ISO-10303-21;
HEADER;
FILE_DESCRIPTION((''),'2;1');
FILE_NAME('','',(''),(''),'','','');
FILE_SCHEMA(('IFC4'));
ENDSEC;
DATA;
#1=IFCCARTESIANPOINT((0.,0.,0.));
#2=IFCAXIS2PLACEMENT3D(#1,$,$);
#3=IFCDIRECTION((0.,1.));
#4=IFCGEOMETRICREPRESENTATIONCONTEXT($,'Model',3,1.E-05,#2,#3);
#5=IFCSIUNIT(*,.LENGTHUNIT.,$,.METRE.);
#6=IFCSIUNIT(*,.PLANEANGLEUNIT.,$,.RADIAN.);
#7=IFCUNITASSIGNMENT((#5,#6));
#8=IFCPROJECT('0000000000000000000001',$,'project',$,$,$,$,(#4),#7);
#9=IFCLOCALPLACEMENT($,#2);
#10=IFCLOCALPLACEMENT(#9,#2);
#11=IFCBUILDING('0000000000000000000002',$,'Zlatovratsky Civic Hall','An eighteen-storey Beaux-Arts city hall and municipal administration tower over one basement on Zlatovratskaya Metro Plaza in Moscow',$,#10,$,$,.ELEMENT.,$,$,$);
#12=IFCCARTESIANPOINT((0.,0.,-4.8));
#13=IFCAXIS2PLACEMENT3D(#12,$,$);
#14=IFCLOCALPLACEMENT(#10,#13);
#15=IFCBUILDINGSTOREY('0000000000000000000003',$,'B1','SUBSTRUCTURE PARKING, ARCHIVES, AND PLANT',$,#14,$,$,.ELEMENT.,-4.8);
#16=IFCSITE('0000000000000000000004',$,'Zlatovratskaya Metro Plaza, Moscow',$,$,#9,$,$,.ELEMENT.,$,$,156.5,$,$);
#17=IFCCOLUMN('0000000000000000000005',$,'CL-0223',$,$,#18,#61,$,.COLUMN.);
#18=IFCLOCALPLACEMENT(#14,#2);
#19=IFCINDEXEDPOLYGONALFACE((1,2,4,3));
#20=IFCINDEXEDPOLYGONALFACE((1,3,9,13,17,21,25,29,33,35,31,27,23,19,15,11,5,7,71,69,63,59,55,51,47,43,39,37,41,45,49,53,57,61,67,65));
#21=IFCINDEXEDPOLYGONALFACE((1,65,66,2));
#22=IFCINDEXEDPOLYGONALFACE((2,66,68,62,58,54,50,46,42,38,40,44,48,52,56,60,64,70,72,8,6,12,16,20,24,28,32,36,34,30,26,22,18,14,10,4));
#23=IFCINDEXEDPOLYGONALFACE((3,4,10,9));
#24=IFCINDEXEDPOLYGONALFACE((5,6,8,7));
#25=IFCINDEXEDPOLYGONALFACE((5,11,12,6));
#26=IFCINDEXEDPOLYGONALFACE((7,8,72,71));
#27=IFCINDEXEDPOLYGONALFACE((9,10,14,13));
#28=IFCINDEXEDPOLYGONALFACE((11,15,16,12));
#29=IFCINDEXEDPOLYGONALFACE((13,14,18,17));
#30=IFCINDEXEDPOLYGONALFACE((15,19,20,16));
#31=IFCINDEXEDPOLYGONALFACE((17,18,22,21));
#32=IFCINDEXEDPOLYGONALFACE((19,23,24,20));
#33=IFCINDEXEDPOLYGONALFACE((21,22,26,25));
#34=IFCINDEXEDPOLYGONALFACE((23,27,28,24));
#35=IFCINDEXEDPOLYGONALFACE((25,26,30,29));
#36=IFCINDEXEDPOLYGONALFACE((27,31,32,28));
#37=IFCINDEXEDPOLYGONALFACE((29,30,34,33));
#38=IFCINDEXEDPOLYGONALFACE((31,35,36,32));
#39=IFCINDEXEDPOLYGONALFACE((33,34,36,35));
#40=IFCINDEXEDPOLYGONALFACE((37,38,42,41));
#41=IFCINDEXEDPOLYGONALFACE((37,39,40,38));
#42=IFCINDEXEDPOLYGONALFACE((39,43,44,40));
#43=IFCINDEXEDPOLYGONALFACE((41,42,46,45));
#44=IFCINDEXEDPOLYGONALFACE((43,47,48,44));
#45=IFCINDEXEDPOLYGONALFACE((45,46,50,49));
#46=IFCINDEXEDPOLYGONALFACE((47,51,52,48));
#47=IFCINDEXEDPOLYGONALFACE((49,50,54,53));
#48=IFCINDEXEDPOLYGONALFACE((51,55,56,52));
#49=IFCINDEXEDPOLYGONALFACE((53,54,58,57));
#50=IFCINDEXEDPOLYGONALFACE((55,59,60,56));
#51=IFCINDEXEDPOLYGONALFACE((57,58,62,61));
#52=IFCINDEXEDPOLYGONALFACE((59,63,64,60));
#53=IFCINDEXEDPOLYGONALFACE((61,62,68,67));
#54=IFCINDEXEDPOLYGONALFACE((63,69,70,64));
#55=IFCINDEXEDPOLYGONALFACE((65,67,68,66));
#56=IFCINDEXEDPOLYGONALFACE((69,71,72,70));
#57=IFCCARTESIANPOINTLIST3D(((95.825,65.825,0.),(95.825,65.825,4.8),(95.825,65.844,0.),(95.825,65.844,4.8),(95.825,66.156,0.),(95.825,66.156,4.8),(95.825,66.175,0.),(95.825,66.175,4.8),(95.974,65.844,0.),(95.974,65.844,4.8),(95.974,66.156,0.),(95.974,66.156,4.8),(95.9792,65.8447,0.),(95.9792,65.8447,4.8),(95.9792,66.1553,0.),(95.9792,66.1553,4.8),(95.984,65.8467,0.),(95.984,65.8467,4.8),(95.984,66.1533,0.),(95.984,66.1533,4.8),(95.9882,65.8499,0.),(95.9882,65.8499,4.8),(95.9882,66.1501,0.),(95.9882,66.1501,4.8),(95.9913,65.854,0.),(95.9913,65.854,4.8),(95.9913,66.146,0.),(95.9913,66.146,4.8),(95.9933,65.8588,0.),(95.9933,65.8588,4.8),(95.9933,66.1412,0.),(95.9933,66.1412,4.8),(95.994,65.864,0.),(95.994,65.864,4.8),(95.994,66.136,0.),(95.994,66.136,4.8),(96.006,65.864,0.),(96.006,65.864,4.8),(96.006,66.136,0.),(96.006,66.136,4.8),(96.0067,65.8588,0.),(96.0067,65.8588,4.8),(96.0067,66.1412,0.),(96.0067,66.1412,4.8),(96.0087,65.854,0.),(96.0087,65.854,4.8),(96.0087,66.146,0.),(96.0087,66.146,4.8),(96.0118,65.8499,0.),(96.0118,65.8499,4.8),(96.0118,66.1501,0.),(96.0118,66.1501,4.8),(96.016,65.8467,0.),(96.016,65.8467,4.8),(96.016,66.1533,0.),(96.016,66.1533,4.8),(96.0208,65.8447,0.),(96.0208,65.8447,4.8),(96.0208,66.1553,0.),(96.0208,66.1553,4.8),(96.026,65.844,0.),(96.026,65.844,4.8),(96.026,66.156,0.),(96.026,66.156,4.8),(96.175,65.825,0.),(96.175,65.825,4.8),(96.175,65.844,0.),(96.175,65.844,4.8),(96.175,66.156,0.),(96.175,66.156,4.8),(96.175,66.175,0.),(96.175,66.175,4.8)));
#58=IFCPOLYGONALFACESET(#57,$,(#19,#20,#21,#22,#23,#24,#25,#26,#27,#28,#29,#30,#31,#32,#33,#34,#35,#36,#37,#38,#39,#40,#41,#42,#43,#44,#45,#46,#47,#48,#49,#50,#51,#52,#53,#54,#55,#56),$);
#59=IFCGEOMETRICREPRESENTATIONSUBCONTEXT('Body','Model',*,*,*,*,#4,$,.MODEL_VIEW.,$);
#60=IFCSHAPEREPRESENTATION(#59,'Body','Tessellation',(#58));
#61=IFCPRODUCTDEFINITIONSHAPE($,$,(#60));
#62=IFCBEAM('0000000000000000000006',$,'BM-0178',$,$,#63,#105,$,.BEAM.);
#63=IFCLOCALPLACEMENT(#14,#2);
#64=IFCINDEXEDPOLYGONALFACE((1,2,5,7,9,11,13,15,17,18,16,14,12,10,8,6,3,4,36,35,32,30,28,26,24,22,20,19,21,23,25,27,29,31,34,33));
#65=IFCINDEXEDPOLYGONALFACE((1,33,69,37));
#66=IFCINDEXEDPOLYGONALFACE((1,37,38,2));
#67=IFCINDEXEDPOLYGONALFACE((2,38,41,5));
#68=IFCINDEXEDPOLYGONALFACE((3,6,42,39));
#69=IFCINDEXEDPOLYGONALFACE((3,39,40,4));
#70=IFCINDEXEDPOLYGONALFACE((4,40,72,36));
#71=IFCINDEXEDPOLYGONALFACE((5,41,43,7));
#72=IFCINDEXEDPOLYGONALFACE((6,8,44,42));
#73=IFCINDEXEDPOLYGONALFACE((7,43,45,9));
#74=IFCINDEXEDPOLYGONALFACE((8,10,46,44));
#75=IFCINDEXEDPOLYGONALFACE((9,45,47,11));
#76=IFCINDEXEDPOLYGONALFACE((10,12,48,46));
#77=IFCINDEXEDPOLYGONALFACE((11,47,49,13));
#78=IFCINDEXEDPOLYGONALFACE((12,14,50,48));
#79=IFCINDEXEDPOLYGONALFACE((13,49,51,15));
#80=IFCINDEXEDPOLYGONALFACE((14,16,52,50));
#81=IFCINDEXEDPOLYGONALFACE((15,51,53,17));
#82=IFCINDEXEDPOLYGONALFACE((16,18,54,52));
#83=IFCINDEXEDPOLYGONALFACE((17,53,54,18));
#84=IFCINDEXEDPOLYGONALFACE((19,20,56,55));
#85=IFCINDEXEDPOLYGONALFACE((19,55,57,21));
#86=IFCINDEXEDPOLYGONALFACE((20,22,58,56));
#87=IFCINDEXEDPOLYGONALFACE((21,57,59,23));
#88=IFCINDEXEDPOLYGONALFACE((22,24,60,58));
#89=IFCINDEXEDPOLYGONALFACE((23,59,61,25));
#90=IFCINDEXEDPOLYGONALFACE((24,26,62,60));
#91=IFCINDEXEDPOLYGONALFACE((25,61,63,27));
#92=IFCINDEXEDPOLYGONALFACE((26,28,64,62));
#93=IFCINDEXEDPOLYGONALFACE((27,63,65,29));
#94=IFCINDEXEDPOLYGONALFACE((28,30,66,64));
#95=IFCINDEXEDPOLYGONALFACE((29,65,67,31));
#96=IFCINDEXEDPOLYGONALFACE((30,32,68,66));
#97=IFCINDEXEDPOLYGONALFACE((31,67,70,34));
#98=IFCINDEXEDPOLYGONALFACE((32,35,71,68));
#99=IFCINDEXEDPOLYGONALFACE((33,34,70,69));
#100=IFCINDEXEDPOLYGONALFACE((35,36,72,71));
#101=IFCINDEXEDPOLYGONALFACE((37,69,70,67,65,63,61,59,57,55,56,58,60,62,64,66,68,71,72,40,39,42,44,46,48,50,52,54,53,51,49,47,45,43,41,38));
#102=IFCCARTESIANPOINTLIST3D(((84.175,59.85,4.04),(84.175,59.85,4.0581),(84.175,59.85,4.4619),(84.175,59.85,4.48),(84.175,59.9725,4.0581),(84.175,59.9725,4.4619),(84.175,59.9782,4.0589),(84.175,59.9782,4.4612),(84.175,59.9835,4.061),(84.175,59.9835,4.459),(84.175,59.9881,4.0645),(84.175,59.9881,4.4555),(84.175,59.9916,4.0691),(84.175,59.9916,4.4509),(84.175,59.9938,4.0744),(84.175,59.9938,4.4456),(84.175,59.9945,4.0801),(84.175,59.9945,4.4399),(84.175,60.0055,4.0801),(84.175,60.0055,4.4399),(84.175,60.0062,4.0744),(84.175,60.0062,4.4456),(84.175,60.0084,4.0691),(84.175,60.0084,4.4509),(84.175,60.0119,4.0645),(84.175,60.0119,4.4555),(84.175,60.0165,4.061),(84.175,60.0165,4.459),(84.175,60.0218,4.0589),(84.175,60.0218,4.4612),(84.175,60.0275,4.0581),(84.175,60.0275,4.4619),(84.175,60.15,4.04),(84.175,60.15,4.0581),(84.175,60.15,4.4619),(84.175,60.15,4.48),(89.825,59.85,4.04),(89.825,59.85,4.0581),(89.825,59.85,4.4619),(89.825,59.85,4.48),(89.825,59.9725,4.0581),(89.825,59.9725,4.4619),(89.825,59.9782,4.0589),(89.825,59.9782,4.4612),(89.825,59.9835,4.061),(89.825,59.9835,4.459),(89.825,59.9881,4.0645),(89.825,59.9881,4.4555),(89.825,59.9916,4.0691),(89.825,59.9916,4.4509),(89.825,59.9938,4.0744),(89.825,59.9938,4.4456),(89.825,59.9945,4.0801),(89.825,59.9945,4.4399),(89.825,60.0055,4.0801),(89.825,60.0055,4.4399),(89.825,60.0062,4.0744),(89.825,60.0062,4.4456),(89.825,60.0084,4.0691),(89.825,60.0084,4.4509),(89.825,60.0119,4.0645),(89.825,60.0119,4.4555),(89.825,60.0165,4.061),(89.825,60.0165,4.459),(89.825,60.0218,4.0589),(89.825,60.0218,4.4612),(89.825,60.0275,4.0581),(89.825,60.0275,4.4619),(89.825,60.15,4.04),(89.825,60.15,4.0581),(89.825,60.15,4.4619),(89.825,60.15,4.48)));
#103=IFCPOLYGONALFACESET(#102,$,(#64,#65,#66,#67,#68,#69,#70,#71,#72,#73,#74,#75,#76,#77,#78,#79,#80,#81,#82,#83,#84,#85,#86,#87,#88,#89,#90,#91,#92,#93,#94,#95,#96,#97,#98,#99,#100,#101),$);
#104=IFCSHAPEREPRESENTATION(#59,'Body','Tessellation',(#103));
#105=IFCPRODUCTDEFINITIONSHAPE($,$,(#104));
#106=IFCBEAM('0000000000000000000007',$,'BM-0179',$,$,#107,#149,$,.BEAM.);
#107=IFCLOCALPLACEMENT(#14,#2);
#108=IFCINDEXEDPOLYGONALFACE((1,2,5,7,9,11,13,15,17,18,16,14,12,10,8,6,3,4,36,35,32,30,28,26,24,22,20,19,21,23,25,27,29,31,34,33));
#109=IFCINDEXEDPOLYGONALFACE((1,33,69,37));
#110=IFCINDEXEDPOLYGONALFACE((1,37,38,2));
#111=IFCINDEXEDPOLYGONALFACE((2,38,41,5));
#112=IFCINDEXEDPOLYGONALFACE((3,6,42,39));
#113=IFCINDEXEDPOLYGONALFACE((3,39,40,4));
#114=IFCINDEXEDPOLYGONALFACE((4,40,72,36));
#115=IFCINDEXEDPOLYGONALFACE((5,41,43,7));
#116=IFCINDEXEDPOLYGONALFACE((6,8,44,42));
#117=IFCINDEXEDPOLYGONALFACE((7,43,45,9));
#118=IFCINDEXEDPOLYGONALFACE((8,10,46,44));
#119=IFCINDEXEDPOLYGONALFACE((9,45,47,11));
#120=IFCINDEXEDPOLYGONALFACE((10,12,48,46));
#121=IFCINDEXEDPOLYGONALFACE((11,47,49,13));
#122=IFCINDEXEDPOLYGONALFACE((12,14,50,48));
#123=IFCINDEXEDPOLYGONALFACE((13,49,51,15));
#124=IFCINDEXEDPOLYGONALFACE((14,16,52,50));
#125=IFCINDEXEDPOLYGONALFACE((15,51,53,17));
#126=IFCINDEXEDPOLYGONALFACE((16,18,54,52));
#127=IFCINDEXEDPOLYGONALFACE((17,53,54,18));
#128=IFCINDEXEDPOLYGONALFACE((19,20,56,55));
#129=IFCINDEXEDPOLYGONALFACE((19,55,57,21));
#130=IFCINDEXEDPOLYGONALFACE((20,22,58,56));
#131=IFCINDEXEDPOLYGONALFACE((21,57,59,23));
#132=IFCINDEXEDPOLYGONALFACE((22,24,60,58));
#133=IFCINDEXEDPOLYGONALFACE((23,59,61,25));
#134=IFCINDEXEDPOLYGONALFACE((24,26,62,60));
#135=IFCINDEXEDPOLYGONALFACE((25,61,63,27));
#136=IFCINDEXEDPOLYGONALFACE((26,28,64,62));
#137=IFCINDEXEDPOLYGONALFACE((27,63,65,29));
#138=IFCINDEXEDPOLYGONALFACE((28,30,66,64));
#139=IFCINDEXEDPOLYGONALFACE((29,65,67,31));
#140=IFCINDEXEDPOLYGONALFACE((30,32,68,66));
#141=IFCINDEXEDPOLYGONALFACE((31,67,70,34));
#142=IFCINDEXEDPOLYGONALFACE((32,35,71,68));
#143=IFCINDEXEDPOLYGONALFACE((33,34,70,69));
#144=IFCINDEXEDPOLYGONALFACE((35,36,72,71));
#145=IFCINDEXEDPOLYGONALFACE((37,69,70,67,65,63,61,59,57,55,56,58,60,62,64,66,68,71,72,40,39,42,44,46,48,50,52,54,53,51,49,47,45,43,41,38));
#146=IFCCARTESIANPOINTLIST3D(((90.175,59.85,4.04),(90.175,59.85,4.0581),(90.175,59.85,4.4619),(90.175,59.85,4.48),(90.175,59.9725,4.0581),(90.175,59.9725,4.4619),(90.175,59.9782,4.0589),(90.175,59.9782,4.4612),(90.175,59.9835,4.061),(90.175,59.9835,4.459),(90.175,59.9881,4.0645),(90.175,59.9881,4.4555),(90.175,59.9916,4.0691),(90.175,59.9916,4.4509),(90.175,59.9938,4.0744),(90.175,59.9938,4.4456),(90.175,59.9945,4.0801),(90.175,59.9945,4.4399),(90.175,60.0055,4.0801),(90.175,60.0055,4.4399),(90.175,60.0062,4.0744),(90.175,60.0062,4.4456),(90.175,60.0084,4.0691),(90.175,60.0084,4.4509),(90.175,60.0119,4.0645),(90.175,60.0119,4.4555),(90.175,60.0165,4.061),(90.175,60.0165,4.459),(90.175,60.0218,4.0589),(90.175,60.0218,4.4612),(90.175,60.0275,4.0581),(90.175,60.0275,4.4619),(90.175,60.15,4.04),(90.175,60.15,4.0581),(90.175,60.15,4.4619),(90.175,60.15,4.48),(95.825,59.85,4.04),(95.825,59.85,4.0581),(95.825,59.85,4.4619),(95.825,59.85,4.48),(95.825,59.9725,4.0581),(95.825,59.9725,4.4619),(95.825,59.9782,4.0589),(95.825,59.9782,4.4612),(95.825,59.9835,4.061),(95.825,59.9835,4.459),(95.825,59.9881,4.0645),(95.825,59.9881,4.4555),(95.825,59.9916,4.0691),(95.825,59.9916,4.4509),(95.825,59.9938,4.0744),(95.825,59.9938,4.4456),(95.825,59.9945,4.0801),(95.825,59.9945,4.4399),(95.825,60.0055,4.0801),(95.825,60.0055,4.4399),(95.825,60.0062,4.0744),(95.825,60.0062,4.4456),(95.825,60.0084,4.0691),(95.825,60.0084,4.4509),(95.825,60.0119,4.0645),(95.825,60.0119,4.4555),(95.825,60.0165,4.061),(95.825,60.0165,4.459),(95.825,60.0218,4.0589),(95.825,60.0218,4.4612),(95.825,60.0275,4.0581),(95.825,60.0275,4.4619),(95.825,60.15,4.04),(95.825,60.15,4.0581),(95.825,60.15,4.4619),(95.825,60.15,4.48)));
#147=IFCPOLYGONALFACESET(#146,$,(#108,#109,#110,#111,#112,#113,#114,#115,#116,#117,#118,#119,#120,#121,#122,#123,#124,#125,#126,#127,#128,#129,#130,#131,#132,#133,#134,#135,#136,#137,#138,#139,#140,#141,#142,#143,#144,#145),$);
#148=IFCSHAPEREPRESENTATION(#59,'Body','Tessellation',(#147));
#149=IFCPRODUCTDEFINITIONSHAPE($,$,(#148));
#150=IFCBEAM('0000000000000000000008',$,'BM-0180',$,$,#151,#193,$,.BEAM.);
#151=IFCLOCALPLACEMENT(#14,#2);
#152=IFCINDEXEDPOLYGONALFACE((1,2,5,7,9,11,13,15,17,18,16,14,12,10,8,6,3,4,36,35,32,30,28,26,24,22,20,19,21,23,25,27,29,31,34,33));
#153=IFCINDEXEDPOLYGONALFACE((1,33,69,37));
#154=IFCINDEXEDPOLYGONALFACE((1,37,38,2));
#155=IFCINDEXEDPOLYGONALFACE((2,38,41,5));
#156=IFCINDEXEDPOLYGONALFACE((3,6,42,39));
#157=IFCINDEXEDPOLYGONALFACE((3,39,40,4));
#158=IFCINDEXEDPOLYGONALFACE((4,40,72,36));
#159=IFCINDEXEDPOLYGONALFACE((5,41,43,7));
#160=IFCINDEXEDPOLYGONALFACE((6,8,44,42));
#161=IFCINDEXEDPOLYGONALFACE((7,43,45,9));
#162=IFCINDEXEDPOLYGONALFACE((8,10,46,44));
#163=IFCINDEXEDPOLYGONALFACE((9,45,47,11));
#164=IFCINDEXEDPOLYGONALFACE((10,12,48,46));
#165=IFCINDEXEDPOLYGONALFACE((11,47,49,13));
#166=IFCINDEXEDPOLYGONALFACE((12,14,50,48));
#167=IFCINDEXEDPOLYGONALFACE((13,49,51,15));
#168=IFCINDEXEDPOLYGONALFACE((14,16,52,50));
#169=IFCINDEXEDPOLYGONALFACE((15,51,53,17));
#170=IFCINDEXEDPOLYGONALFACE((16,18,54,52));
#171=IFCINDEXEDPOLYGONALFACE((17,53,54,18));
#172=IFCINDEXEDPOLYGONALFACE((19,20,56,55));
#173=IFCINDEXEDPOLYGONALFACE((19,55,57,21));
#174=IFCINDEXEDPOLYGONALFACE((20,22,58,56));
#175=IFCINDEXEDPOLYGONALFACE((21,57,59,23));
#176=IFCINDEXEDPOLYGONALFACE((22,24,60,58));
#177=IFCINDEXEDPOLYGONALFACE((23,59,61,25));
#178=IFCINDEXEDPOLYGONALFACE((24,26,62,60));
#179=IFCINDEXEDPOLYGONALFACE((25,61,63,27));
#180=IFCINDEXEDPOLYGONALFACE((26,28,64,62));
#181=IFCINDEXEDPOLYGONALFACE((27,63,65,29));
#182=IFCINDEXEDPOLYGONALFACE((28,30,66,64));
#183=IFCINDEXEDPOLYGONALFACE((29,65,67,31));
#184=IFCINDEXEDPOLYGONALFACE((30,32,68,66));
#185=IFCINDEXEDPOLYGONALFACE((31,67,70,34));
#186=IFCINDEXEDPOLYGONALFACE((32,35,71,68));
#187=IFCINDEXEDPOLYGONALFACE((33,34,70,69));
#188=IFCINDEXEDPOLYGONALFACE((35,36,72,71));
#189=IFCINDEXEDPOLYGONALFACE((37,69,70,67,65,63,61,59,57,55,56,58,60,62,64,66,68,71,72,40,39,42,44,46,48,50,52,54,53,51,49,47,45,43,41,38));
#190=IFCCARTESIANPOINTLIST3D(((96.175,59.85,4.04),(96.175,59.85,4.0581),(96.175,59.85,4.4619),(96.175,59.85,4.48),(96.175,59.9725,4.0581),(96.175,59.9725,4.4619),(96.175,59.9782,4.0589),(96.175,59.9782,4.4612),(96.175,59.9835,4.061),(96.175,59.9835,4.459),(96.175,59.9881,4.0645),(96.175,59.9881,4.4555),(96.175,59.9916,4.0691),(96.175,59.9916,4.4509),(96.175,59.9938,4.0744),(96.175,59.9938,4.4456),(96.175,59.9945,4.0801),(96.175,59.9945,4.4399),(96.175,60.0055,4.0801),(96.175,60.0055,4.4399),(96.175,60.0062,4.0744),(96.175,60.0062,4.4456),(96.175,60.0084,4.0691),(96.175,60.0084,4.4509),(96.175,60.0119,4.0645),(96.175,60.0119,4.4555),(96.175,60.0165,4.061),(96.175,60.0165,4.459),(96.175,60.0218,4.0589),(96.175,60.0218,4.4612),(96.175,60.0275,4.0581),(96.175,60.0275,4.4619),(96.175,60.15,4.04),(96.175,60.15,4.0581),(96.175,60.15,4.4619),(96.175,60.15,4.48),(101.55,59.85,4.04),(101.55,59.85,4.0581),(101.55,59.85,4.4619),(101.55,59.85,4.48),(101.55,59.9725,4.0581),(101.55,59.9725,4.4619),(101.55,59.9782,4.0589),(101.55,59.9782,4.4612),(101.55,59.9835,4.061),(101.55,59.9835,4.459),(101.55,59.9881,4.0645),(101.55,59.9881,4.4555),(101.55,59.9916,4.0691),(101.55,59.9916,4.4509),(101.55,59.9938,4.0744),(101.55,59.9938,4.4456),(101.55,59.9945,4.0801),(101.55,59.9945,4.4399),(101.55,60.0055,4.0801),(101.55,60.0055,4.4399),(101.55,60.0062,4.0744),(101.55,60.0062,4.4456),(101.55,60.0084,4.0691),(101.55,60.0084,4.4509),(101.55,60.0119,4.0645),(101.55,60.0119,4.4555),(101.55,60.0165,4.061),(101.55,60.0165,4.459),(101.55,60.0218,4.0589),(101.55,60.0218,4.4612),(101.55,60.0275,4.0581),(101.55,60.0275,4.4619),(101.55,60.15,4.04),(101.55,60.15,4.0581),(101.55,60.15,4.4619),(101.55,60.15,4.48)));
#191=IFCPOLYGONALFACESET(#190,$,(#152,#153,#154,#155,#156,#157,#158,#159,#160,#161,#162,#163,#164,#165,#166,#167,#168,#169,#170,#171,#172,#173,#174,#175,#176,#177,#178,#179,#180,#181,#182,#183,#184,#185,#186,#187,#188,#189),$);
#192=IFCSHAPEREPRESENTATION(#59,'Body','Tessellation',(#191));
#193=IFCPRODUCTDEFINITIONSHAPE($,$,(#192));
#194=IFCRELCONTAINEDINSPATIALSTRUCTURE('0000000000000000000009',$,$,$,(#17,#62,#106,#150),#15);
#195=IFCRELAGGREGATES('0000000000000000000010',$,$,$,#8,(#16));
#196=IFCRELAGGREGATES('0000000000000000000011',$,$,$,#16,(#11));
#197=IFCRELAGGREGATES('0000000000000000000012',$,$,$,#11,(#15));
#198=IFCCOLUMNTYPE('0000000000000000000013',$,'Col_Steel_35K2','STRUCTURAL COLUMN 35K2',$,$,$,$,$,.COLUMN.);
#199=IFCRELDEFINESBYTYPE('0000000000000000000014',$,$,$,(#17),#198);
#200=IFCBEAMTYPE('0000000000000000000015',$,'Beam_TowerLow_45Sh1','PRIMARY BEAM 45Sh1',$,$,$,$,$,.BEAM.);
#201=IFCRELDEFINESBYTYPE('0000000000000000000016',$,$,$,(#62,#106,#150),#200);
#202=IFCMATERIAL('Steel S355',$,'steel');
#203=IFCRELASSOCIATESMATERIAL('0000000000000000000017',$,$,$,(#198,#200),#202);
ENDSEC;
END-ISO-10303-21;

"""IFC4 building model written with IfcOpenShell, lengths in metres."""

from ifc_helpers import new_model, si_unit, direction, frame, origin, origin_2d, place, context, subcontext, project, spatial, i_section, extrude, material, material_profile, profile_set, type_object, element, save


model = new_model("IFC4")

# Units and contexts
model_context = context("Model", 3, precision=1e-05, world=origin(), true_north=direction((0.0, 1.0)))
body_context = subcontext(model_context, "Body", "Model", "MODEL_VIEW")
ifc_project = project(units=[si_unit("LENGTHUNIT", "METRE"), si_unit("PLANEANGLEUNIT", "RADIAN")], contexts=[model_context])

# Site, building, storey
site_placement = place(None, origin())
site = spatial("IfcSite", under=ifc_project, at=site_placement, Name="Zlatovratskaya Metro Plaza, Moscow", CompositionType="ELEMENT", RefElevation=156.5)
building_placement = place(site_placement, origin())
building = spatial("IfcBuilding", under=site, at=building_placement, Name="Zlatovratsky Civic Hall", Description="An eighteen-storey Beaux-Arts city hall and municipal administration tower over one basement on Zlatovratskaya Metro Plaza in Moscow", CompositionType="ELEMENT")
storey_placement = place(building_placement, frame((0.0, 0.0, -4.8)))
storey = spatial("IfcBuildingStorey", under=building, at=storey_placement, Name="B1", Description="SUBSTRUCTURE PARKING, ARCHIVES, AND PLANT", CompositionType="ELEMENT", Elevation=-4.8)

# Column
ifc_material_1 = material(Name="Steel S355", Category="steel")
ifc_material_profile_1 = material_profile(ifc_material_1, i_section(OverallWidth=0.3501, OverallDepth=0.3501, WebThickness=0.012, FlangeThickness=0.019, FilletRadius=0.02, at=origin_2d()), Name="35K2")
ifc_profile_set_1 = profile_set([ifc_material_profile_1], Name="Steel S355")
column_type = type_object("IfcColumnType", Name="Col_Steel_35K2", Description="STRUCTURAL COLUMN 35K2", PredefinedType="COLUMN", material=ifc_profile_set_1)
for number, where, z_axis, x_axis, name in (
    (1, (96.0, 66.0, 0.0), (0.0, 0.0, 1.0), (1.0, 0.0, 0.0), "CL-0223"),
):
    element("IfcColumn", number, at=place(storey_placement, frame(where, z_axis=z_axis, x_axis=x_axis)), inside=storey, type_object=column_type, Name=name, PredefinedType="COLUMN", context=body_context, shape_type="SweptSolid", body=[
        extrude(i_section(OverallWidth=0.3501, OverallDepth=0.3501, WebThickness=0.012, FlangeThickness=0.019, FilletRadius=0.02, at=origin_2d()), origin(), (0.0, 0.0, 1.0), 4.8),
    ])

# Beams
ifc_material_profile_2 = material_profile(ifc_material_1, i_section(OverallWidth=0.3, OverallDepth=0.4399, WebThickness=0.011, FlangeThickness=0.0181, FilletRadius=0.022, at=origin_2d()), Name="45Sh1")
ifc_profile_set_2 = profile_set([ifc_material_profile_2], Name="Steel S355")
beam_type = type_object("IfcBeamType", Name="Beam_TowerLow_45Sh1", Description="PRIMARY BEAM 45Sh1", PredefinedType="BEAM", material=ifc_profile_set_2)
for number, where, z_axis, x_axis, name in (
    (2, (84.175, 60.0, 4.26), (1.0, 0.0, 0.0), (0.0, 1.0, 0.0), "BM-0178"),
    (3, (90.175, 60.0, 4.26), (1.0, 0.0, 0.0), (0.0, 1.0, 0.0), "BM-0179"),
):
    element("IfcBeam", number, at=place(storey_placement, frame(where, z_axis=z_axis, x_axis=x_axis)), inside=storey, type_object=beam_type, Name=name, PredefinedType="BEAM", context=body_context, shape_type="SweptSolid", body=[
        extrude(i_section(OverallWidth=0.3, OverallDepth=0.4399, WebThickness=0.011, FlangeThickness=0.0181, FilletRadius=0.022, at=origin_2d()), origin(), (0.0, 0.0, 1.0), 5.6499),
    ])
beam_1_placement = place(storey_placement, frame((96.175, 60.0, 4.26), z_axis=(1.0, 0.0, 0.0), x_axis=(0.0, 1.0, 0.0)))
element("IfcBeam", 4, at=beam_1_placement, inside=storey, type_object=beam_type, Name="BM-0180", PredefinedType="BEAM", context=body_context, shape_type="SweptSolid", body=[
    extrude(i_section(OverallWidth=0.3, OverallDepth=0.4399, WebThickness=0.011, FlangeThickness=0.0181, FilletRadius=0.022, at=origin_2d()), origin(), (0.0, 0.0, 1.0), 5.375),
])

save(model, "model.ifc")
